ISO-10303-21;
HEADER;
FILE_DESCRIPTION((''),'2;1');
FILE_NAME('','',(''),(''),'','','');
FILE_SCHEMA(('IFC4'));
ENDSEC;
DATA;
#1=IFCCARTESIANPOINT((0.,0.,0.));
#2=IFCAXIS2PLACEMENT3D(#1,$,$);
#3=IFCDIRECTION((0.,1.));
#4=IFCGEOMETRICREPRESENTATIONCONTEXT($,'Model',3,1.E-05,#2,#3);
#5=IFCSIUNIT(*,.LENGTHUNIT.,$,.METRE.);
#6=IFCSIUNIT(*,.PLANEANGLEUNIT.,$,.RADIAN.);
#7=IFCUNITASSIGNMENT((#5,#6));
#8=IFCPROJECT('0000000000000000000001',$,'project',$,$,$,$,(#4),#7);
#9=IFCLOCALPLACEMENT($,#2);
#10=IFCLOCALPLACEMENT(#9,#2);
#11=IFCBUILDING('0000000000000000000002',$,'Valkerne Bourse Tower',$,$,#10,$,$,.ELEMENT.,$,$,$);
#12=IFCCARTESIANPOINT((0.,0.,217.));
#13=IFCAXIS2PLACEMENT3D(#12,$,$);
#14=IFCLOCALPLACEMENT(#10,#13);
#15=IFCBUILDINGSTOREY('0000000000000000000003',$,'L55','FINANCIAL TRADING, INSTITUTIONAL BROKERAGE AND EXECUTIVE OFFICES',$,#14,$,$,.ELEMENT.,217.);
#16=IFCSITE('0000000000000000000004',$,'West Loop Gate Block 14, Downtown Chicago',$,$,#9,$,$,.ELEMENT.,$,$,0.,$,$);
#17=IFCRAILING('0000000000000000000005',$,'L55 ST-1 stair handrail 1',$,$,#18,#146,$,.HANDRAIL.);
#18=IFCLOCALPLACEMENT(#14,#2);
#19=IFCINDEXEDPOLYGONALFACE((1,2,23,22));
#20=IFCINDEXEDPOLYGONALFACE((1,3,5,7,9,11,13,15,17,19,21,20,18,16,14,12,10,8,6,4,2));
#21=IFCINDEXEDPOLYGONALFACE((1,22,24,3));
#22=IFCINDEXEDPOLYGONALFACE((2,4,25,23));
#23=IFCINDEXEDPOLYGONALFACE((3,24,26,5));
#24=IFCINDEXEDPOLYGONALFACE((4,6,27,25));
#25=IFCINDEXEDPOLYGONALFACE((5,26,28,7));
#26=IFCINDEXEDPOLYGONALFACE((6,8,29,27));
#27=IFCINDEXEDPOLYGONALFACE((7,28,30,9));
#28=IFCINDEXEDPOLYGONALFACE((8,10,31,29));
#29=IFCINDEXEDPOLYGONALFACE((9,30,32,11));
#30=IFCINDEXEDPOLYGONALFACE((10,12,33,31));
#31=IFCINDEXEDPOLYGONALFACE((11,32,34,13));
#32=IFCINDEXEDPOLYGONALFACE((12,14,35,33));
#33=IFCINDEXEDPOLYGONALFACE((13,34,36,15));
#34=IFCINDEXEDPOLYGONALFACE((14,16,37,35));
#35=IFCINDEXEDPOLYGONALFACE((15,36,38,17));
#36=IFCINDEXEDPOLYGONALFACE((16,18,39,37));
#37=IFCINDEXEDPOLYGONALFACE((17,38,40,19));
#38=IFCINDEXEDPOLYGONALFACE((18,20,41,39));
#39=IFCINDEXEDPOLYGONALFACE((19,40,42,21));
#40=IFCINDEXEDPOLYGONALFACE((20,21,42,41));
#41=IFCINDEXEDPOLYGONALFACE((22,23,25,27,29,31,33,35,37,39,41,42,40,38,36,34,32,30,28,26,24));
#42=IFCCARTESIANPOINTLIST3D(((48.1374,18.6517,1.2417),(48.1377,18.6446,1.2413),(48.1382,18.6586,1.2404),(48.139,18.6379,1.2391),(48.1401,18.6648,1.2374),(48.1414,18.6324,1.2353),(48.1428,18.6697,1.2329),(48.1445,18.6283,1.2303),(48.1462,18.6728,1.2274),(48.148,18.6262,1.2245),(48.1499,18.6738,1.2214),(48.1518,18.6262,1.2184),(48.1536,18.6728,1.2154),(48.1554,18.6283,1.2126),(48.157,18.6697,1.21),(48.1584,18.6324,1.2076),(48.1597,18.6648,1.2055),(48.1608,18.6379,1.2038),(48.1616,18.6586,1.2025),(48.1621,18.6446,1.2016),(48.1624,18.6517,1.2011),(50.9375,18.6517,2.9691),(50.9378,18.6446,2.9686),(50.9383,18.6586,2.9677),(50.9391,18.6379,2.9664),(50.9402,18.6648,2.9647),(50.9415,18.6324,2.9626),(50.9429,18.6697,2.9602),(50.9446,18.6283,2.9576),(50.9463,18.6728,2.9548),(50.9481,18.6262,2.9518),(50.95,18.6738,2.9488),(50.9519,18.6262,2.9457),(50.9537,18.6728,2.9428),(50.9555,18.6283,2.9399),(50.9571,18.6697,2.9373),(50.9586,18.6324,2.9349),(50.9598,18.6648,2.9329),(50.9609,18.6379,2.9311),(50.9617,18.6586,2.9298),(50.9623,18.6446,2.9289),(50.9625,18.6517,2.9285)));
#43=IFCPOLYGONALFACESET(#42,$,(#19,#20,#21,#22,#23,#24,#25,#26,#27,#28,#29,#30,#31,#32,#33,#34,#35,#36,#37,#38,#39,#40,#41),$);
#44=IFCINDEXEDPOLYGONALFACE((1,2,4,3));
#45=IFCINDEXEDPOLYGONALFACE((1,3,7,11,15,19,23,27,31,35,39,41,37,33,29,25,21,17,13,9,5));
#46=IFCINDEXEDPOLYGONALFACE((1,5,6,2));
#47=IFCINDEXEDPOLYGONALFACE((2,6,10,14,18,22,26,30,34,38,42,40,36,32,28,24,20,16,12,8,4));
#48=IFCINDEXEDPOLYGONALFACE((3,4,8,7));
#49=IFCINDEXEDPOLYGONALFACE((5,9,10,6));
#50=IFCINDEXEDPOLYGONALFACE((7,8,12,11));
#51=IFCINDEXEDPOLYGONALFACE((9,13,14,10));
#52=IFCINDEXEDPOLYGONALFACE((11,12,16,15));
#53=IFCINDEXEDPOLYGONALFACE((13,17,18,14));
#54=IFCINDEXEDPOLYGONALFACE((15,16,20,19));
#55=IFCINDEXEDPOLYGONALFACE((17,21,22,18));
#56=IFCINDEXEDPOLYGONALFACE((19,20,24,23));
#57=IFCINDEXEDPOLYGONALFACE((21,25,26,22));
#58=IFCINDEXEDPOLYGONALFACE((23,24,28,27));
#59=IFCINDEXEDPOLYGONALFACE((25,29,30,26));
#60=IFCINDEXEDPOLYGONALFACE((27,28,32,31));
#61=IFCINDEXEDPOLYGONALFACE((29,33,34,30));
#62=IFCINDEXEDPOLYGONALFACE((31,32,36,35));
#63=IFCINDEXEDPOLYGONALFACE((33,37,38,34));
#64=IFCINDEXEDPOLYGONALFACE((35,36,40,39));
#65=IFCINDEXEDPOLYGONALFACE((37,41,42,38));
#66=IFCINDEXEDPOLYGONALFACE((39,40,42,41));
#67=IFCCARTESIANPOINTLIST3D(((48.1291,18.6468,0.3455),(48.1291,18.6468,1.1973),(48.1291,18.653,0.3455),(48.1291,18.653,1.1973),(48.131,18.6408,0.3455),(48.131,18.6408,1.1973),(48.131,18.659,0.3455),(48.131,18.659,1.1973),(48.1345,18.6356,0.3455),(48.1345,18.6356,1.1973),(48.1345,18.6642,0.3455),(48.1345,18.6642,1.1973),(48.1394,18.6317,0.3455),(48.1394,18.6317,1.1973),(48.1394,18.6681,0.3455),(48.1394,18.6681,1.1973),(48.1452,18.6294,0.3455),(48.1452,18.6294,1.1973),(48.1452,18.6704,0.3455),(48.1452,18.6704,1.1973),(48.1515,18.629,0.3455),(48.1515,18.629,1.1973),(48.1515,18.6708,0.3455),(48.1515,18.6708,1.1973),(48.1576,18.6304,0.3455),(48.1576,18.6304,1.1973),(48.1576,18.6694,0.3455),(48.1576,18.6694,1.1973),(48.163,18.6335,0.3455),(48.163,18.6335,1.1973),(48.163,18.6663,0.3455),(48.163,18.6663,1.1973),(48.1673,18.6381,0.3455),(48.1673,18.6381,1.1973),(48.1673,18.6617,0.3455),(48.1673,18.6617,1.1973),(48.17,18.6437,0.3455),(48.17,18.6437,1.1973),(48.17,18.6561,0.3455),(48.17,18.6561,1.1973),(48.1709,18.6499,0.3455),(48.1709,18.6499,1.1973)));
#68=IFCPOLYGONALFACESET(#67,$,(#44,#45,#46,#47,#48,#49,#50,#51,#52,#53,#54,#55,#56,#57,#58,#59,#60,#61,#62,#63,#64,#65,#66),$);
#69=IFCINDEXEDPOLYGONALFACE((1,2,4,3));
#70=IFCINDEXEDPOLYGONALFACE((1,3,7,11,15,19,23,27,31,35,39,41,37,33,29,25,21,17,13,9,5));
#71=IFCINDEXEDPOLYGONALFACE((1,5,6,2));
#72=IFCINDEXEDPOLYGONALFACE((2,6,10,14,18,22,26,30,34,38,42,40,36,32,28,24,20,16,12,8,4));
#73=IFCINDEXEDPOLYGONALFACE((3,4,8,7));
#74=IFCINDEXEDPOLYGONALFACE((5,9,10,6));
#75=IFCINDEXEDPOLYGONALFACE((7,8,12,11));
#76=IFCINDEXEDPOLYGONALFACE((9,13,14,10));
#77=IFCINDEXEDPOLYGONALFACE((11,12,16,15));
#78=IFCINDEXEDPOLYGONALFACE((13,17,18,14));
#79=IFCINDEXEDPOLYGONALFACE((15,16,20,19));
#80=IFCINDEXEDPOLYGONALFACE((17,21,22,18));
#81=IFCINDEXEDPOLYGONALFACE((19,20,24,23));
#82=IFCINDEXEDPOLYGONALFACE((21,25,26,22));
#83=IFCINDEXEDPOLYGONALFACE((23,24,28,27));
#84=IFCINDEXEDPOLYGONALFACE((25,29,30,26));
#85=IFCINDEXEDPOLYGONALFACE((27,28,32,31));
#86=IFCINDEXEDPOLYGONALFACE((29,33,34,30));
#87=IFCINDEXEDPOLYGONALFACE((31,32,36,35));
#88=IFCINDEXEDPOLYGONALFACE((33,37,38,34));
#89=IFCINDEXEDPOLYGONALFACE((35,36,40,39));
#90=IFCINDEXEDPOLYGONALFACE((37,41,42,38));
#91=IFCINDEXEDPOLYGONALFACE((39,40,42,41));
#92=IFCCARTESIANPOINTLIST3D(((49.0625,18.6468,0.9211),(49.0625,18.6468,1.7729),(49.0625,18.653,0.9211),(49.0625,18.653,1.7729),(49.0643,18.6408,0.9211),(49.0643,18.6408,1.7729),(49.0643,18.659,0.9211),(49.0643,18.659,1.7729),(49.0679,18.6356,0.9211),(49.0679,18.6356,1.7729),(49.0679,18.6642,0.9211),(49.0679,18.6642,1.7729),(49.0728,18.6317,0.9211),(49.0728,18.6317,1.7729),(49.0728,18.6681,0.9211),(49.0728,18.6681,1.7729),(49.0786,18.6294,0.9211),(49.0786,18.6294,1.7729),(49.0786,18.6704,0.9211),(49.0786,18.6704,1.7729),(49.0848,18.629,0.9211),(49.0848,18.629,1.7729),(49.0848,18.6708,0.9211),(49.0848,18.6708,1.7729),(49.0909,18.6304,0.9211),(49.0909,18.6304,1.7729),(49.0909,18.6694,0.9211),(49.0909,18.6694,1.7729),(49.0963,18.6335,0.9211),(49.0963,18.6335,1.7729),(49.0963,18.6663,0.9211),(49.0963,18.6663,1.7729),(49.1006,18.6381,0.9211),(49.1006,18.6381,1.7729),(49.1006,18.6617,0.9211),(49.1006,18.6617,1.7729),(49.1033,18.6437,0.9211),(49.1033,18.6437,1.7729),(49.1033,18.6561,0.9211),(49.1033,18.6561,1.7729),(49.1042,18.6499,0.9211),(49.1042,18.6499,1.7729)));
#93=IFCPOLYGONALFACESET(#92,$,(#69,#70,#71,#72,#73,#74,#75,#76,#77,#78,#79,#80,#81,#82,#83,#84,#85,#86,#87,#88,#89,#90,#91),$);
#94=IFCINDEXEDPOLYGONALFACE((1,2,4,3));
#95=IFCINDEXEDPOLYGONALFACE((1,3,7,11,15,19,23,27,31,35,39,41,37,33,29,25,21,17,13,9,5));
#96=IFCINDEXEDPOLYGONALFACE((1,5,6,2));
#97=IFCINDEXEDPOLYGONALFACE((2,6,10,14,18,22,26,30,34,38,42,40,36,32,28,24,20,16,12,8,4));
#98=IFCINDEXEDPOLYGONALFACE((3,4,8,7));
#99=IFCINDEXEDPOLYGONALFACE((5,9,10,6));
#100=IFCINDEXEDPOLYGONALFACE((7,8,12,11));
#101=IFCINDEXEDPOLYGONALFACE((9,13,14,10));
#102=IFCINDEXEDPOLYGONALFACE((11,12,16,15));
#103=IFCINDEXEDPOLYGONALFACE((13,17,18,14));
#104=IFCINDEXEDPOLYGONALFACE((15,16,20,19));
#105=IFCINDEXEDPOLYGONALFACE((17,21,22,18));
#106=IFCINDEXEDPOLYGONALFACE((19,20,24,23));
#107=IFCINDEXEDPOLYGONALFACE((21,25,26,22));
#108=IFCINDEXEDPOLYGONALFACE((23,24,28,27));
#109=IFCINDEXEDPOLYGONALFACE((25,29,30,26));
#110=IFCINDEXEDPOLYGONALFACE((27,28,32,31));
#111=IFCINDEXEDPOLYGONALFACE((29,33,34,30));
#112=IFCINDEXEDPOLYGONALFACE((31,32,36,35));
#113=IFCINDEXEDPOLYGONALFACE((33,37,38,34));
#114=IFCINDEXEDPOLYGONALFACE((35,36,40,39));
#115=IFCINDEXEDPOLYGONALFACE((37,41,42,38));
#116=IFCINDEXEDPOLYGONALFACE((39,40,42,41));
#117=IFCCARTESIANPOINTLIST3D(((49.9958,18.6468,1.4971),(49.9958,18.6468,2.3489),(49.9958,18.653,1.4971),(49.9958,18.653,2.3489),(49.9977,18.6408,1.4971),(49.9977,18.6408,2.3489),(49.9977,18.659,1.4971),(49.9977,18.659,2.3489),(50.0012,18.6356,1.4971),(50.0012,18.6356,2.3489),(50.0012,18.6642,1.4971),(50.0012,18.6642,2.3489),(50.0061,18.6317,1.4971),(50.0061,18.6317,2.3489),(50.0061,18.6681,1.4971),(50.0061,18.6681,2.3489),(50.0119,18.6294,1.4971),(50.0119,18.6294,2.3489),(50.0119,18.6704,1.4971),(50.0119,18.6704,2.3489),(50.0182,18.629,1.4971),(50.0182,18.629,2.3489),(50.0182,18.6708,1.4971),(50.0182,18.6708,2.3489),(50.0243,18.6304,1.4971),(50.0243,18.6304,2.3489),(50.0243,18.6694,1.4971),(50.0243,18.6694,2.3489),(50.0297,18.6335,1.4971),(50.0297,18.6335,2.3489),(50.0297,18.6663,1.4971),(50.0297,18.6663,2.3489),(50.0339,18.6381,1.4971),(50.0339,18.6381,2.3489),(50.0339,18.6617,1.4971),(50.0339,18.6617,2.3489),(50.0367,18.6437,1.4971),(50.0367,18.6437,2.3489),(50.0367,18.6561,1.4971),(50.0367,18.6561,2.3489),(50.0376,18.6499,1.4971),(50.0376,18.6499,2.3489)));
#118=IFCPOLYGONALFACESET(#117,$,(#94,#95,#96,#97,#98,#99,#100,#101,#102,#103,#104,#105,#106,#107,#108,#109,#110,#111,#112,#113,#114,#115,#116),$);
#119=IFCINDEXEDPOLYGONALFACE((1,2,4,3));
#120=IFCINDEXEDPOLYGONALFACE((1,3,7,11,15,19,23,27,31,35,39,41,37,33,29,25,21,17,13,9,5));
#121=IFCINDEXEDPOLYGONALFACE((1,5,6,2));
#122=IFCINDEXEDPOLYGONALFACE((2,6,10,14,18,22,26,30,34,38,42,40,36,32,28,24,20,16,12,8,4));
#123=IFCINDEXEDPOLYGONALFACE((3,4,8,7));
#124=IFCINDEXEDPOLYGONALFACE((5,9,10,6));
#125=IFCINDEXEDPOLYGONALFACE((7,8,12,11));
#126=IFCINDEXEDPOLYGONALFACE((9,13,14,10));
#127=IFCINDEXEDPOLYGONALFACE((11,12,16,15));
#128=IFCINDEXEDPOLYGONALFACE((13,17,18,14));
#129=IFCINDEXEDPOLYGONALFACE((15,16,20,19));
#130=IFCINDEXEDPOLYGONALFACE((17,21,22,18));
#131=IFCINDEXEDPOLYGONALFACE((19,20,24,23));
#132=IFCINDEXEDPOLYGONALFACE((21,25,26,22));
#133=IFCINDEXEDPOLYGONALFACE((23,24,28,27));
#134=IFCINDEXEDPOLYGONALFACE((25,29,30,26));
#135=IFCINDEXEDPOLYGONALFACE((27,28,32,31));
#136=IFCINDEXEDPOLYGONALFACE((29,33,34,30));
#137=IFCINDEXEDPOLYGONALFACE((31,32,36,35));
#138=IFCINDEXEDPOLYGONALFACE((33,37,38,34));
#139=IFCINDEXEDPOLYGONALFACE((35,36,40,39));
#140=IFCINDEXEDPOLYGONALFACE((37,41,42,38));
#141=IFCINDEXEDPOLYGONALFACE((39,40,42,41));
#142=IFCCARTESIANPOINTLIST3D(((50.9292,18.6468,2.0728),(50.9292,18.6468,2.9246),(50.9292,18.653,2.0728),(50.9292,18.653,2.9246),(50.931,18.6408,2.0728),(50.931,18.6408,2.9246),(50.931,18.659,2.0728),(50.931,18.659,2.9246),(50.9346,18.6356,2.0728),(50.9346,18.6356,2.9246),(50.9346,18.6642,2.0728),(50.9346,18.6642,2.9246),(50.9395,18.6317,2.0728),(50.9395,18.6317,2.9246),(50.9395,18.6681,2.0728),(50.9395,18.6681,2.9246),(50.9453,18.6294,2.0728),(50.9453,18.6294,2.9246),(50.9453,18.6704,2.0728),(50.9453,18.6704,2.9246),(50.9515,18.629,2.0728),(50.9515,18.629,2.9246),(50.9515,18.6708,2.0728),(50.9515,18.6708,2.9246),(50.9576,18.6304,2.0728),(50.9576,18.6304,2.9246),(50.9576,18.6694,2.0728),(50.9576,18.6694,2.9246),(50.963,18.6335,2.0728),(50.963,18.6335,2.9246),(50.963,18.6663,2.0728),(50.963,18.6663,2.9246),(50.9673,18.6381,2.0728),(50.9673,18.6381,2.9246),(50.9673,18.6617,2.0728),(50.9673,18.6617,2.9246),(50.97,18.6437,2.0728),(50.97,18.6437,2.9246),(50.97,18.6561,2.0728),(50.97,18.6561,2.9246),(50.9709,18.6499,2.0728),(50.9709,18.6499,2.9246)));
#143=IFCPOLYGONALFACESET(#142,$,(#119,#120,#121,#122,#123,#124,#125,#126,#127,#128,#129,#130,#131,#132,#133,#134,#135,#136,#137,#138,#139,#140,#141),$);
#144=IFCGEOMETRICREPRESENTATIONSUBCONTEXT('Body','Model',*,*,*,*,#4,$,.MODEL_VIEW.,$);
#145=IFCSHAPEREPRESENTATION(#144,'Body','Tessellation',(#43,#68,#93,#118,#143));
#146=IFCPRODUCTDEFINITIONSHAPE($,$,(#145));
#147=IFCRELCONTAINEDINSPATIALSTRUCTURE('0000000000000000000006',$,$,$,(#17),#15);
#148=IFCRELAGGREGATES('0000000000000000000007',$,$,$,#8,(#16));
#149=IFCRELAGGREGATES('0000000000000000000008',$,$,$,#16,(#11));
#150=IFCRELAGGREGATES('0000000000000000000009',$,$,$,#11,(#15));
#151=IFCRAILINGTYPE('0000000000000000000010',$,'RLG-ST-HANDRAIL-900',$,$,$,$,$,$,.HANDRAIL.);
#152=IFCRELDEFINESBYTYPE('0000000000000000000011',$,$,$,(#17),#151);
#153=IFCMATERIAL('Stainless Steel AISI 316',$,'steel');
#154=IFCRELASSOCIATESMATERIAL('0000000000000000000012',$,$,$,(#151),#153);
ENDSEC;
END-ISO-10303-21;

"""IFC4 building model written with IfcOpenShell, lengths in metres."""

from ifc_helpers import new_model, si_unit, direction, frame, origin, origin_2d, place, context, subcontext, project, spatial, circle, extrude, material, type_object, element, save


model = new_model("IFC4")

# Units and contexts
model_context = context("Model", 3, precision=1e-05, world=origin(), true_north=direction((0.0, 1.0)))
body_context = subcontext(model_context, "Body", "Model", "MODEL_VIEW")
ifc_project = project(units=[si_unit("LENGTHUNIT", "METRE"), si_unit("PLANEANGLEUNIT", "RADIAN")], contexts=[model_context])

# Site, building, storey
site_placement = place(None, origin())
site = spatial("IfcSite", under=ifc_project, at=site_placement, Name="West Loop Gate Block 14, Downtown Chicago", CompositionType="ELEMENT", RefElevation=0.0)
building_placement = place(site_placement, origin())
building = spatial("IfcBuilding", under=site, at=building_placement, Name="Valkerne Bourse Tower", CompositionType="ELEMENT")
storey_placement = place(building_placement, frame((0.0, 0.0, 217.0)))
storey = spatial("IfcBuildingStorey", under=building, at=storey_placement, Name="L55", Description="FINANCIAL TRADING, INSTITUTIONAL BROKERAGE AND EXECUTIVE OFFICES", CompositionType="ELEMENT", Elevation=217.0)

# Shared definitions
ifc_material_1 = material(Name="Stainless Steel AISI 316", Category="steel")

# Railing
railing_type_1 = type_object("IfcRailingType", Name="RLG-ST-HANDRAIL-900", PredefinedType="HANDRAIL", material=ifc_material_1)
railing_1_placement = place(storey_placement, frame((48.1499, 18.6499, 0.3455)))
element("IfcRailing", 1, at=railing_1_placement, inside=storey, type_object=railing_type_1, Name="L55 ST-1 stair handrail 1", PredefinedType="HANDRAIL", context=body_context, shape_type="SweptSolid", body=[
    extrude(circle(Radius=0.0239, at=origin_2d()), frame((0.0, 0.0, 0.876), z_axis=(0.85109, 0.0, 0.52502), x_axis=(0.0, 1.0, 0.0)), (0.0, 0.0, 1.0), 3.29),
    extrude(circle(Radius=0.021, at=origin_2d()), origin(), (0.0, 0.0, 1.0), 0.8518),
    extrude(circle(Radius=0.021, at=origin_2d()), frame((0.9333, 0.0, 0.5757)), (0.0, 0.0, 1.0), 0.8518),
    extrude(circle(Radius=0.021, at=origin_2d()), frame((1.8667, 0.0, 1.1516)), (0.0, 0.0, 1.0), 0.8518),
    extrude(circle(Radius=0.021, at=origin_2d()), frame((2.8, 0.0, 1.7273)), (0.0, 0.0, 1.0), 0.8518),
])

save(model, "model.ifc")
